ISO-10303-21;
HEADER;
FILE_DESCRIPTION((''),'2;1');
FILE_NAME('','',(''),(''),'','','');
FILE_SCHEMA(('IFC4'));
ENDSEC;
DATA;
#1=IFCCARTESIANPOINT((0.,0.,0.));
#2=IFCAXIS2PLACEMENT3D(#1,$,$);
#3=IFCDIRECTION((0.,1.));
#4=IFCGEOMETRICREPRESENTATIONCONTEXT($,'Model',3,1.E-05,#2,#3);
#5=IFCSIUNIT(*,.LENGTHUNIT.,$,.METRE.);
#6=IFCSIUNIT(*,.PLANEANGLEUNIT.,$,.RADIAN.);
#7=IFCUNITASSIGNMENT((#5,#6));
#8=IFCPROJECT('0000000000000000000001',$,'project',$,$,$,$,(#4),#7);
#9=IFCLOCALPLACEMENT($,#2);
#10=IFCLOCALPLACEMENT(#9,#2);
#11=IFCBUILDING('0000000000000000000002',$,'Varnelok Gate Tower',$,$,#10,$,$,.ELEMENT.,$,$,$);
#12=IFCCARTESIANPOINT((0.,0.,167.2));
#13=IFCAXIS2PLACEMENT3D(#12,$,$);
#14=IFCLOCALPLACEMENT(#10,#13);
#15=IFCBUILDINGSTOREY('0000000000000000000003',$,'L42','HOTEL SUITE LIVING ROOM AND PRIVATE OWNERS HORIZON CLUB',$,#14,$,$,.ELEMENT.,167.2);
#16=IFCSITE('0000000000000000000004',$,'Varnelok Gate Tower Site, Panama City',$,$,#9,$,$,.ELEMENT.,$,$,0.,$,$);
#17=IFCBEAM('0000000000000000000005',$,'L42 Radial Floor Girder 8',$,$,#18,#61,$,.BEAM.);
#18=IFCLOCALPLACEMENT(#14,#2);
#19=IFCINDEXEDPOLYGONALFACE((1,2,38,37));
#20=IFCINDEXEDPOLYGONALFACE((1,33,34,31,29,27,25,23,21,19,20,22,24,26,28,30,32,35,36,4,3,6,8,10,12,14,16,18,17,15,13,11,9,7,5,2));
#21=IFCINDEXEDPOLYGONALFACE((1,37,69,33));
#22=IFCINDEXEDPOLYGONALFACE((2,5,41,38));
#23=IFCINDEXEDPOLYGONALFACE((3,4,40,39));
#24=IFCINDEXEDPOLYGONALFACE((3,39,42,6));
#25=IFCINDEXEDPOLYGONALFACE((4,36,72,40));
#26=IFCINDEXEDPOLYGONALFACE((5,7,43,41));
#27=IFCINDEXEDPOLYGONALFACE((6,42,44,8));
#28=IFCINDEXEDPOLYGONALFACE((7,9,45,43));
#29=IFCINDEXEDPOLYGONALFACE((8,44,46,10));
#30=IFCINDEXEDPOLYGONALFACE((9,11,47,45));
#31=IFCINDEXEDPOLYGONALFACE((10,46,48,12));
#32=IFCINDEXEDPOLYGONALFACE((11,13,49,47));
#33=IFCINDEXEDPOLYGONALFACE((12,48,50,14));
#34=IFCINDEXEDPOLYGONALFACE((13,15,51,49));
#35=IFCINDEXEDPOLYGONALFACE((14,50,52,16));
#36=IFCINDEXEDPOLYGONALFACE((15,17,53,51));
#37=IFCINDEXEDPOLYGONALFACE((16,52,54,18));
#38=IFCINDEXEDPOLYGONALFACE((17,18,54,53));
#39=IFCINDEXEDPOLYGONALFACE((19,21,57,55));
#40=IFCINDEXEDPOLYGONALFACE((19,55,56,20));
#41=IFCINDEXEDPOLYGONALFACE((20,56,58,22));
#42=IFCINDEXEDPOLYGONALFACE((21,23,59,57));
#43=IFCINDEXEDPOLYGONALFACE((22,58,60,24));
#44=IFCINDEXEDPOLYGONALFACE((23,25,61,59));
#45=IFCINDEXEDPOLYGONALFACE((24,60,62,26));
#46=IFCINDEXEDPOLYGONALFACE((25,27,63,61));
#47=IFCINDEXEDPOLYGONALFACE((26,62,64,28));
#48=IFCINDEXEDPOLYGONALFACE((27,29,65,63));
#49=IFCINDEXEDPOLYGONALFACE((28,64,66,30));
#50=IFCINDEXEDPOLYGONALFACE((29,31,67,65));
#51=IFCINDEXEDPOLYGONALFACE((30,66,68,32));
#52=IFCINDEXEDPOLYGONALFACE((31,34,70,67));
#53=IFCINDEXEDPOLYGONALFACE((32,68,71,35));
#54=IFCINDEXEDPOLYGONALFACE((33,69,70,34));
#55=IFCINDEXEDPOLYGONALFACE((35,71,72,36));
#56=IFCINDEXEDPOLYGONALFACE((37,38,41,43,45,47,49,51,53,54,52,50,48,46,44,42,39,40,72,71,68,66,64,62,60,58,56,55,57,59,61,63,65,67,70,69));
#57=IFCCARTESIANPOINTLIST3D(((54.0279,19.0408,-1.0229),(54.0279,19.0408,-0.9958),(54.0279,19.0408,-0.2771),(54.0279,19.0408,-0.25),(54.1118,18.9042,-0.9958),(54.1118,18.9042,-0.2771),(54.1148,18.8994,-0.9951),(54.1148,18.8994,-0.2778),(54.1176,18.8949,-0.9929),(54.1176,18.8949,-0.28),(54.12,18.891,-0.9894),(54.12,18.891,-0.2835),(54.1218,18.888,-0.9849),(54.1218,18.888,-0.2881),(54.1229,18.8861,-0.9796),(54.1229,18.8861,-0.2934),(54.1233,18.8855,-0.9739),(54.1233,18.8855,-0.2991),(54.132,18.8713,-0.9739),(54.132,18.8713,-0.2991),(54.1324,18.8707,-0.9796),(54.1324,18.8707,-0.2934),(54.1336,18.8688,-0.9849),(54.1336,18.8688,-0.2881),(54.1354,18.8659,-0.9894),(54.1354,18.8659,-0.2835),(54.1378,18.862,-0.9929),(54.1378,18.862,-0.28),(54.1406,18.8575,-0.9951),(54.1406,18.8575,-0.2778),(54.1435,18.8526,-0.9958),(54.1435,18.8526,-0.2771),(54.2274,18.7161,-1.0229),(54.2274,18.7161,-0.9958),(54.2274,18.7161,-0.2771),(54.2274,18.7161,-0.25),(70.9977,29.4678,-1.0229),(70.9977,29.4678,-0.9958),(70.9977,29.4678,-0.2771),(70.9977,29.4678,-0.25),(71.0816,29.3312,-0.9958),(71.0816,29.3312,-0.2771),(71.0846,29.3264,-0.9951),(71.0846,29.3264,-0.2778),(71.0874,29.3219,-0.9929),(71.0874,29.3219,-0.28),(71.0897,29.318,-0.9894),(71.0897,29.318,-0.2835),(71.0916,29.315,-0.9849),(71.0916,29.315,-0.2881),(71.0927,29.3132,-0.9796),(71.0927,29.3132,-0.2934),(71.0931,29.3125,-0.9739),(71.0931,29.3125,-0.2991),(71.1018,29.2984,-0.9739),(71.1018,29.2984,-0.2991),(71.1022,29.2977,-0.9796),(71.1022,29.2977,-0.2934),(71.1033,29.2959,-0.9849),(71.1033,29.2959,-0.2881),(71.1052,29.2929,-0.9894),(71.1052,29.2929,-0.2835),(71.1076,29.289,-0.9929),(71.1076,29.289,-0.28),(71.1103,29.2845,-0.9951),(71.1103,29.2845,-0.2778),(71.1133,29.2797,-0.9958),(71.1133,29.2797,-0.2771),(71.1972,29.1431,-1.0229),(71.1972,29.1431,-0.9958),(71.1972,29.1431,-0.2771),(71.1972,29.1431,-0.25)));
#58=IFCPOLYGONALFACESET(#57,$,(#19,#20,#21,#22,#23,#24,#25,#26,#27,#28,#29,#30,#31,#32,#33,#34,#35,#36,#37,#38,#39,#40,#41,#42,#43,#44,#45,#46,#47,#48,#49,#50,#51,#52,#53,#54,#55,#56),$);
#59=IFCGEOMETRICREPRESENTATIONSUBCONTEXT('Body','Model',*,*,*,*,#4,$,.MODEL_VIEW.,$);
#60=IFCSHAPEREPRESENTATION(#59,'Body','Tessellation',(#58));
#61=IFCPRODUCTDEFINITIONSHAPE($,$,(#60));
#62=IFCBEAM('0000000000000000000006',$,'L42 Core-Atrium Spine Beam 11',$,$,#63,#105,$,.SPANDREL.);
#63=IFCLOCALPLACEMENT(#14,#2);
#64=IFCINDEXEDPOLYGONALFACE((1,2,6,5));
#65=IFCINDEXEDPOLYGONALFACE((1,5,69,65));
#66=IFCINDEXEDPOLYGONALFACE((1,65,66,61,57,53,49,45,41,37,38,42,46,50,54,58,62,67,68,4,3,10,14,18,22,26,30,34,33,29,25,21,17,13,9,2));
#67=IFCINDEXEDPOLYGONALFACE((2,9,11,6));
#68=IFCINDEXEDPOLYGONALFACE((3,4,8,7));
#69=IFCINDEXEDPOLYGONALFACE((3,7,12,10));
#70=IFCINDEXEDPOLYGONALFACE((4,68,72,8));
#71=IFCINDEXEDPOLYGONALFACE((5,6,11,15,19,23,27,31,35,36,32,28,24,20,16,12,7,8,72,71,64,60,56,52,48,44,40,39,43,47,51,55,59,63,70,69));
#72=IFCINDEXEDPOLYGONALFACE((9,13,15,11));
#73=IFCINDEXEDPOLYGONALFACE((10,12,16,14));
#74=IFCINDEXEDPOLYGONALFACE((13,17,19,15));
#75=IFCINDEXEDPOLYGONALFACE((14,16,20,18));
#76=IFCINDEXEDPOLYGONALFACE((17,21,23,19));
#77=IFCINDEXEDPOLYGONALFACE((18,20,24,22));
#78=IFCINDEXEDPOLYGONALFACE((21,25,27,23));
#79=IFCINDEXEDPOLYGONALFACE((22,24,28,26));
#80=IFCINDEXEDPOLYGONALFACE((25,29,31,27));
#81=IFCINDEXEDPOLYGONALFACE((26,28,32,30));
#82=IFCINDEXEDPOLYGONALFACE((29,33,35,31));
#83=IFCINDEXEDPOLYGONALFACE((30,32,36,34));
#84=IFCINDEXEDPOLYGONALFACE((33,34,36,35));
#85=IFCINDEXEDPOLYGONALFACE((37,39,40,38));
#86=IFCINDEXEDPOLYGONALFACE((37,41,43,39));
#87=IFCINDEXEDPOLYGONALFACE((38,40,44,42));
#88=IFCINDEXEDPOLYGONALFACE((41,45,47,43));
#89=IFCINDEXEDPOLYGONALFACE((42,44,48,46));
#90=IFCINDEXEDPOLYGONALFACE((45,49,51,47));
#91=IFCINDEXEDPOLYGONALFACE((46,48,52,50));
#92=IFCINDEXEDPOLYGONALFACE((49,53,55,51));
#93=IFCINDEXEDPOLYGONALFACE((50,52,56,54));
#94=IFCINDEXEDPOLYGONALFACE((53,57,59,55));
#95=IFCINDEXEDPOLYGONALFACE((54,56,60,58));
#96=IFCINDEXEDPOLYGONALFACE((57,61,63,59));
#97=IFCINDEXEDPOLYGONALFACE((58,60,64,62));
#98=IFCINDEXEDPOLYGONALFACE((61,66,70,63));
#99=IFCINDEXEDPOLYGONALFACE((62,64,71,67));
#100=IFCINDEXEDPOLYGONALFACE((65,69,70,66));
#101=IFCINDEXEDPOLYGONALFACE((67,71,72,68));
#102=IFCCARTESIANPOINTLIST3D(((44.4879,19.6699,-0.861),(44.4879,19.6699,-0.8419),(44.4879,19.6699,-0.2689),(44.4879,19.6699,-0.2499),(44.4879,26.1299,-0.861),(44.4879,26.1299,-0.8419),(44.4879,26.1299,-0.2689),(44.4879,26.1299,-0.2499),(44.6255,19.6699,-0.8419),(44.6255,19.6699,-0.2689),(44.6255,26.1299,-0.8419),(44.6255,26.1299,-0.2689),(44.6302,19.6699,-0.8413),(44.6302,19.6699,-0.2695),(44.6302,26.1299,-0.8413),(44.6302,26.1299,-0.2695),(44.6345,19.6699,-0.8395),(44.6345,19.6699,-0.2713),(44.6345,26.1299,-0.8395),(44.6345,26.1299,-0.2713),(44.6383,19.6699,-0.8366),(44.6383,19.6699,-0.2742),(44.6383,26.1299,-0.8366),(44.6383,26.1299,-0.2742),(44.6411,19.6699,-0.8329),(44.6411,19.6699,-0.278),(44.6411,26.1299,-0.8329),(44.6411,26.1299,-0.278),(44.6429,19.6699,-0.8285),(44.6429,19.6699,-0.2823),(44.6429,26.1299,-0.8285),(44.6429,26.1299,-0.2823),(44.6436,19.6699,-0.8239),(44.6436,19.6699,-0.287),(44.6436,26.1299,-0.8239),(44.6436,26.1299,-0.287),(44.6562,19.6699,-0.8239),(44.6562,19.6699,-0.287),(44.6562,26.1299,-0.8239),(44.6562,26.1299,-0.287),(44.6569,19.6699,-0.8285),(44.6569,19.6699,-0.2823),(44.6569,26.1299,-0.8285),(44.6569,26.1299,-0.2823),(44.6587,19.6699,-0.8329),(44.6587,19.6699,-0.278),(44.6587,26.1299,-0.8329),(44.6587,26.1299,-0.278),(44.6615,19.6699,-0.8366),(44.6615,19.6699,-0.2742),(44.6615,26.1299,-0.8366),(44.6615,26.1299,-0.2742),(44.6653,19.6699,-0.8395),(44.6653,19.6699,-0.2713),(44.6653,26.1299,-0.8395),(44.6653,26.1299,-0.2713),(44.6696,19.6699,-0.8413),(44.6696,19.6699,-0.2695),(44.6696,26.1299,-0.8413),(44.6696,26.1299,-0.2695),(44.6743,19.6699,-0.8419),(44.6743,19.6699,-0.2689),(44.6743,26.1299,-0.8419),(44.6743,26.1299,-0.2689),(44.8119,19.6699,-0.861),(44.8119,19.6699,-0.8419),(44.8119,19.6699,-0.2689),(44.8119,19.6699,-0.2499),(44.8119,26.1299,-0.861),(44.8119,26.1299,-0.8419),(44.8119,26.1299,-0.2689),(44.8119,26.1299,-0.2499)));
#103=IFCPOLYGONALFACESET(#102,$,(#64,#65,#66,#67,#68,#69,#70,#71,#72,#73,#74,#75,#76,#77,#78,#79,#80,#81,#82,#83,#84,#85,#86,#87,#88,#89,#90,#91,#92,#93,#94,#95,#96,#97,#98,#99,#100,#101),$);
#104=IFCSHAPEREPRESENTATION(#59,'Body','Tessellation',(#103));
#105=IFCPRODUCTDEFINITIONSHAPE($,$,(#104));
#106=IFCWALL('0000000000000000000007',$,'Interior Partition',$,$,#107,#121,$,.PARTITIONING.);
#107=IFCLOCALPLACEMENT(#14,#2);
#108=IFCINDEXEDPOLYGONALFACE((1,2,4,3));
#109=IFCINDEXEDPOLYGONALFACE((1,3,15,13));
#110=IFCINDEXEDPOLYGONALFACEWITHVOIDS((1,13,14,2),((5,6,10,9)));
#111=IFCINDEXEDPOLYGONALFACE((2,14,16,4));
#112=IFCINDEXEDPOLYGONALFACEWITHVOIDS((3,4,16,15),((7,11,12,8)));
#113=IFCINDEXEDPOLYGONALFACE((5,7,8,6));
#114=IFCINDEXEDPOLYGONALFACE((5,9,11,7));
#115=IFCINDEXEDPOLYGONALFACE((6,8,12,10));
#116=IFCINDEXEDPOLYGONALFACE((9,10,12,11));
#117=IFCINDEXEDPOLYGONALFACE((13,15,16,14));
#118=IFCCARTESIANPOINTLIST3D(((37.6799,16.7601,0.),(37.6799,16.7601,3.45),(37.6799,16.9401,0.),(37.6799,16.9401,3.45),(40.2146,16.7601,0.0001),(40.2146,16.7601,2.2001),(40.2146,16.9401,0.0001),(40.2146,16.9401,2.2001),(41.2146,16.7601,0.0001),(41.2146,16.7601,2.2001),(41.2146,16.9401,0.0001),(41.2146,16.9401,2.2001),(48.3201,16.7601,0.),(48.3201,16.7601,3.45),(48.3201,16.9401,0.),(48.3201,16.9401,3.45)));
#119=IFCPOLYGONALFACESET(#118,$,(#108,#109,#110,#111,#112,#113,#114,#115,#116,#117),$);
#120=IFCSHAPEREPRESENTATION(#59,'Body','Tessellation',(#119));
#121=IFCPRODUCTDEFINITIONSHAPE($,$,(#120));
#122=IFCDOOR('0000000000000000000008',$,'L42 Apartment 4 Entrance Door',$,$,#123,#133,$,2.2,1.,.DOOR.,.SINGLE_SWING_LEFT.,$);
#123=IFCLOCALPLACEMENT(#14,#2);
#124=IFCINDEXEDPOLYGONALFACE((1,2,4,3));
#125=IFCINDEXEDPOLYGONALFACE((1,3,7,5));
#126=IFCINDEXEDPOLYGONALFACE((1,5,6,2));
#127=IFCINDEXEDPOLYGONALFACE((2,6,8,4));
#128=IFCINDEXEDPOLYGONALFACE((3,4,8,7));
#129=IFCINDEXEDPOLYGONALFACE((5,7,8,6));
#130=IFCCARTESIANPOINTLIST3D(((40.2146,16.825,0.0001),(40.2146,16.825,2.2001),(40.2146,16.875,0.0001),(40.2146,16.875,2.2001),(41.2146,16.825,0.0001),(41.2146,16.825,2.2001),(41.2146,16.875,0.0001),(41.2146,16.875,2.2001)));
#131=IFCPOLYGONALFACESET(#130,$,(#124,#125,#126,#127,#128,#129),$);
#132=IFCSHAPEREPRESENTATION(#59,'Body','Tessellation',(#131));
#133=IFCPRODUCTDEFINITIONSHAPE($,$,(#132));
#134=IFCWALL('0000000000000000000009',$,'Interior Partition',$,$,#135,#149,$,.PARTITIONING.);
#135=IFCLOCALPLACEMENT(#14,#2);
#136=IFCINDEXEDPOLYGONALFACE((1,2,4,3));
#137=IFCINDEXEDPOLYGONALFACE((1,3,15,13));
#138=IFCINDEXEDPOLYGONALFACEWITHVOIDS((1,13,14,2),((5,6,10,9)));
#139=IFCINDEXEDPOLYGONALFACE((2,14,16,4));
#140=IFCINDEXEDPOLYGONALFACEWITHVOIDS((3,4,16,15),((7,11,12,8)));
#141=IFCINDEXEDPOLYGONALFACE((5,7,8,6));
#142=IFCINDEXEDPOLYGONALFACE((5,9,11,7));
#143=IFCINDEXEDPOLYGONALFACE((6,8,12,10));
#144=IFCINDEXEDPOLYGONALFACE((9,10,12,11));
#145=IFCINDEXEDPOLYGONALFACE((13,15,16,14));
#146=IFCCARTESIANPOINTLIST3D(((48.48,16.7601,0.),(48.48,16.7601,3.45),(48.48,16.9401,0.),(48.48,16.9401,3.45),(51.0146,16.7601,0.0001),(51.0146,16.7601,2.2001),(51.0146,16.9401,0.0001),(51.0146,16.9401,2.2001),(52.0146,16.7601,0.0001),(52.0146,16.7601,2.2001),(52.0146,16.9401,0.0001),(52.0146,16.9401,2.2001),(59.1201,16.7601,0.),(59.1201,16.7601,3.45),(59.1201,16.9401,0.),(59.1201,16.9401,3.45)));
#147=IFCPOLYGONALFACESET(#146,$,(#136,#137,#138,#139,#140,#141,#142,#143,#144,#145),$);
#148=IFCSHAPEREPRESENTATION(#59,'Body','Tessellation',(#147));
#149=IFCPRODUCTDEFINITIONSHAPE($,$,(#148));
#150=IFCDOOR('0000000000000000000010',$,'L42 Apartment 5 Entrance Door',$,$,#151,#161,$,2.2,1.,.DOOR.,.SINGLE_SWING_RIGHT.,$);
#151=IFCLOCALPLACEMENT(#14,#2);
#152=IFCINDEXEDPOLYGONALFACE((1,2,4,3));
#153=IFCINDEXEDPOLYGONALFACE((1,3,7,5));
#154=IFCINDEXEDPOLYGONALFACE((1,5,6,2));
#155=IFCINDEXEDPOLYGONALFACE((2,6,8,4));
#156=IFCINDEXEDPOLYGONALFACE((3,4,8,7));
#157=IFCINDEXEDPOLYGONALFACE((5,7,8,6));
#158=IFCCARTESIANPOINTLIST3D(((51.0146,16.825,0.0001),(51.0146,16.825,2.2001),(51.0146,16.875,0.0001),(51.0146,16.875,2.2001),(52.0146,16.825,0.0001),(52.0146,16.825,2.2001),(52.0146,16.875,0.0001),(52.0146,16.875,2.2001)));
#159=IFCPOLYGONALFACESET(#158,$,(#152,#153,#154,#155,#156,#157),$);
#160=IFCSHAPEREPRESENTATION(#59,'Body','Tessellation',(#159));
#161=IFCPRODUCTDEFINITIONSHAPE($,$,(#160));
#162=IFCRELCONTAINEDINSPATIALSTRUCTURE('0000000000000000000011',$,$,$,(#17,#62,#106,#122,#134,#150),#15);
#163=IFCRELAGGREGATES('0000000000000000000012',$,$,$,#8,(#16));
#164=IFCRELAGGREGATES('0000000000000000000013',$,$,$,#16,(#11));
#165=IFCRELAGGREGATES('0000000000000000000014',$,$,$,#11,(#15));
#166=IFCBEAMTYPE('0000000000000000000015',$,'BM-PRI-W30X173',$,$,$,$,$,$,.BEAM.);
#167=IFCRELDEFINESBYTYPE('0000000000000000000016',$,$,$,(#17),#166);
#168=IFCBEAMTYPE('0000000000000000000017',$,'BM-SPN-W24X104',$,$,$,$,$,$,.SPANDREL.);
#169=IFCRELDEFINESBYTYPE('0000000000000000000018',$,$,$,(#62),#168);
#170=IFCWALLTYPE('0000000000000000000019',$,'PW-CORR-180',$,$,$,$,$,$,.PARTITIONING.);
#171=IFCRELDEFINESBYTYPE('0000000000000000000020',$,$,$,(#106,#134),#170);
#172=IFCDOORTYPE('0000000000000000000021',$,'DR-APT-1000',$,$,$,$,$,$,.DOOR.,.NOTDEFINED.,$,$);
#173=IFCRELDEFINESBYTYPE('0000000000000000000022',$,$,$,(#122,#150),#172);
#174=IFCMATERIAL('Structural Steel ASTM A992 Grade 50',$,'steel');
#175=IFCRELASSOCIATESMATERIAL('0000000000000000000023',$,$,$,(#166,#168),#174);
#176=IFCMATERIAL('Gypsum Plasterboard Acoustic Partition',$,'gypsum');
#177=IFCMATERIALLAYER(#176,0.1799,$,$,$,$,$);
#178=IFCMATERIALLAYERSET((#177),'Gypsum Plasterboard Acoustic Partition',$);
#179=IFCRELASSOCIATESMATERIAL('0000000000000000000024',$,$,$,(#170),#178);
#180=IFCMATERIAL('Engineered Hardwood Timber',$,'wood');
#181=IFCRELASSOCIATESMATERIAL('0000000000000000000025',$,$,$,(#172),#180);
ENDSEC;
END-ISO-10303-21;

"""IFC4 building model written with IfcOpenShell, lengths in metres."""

from ifc_helpers import new_model, si_unit, direction, frame, frame_2d, origin, origin_2d, place, context, subcontext, project, spatial, rectangle, i_section, extrude, material, layer, layer_set, material_profile, profile_set, type_object, element, fill, save


model = new_model("IFC4")

# Units and contexts
model_context = context("Model", 3, precision=1e-05, world=origin(), true_north=direction((0.0, 1.0)))
body_context = subcontext(model_context, "Body", "Model", "MODEL_VIEW")
ifc_project = project(units=[si_unit("LENGTHUNIT", "METRE"), si_unit("PLANEANGLEUNIT", "RADIAN")], contexts=[model_context])

# Site, building, storey
site_placement = place(None, origin())
site = spatial("IfcSite", under=ifc_project, at=site_placement, Name="Varnelok Gate Tower Site, Panama City", CompositionType="ELEMENT", RefElevation=0.0)
building_placement = place(site_placement, origin())
building = spatial("IfcBuilding", under=site, at=building_placement, Name="Varnelok Gate Tower", CompositionType="ELEMENT")
storey_placement = place(building_placement, frame((0.0, 0.0, 167.2)))
storey = spatial("IfcBuildingStorey", under=building, at=storey_placement, Name="L42", Description="HOTEL SUITE LIVING ROOM AND PRIVATE OWNERS HORIZON CLUB", CompositionType="ELEMENT", Elevation=167.2)

# Shared definitions
ifc_material_1 = material(Name="Structural Steel ASTM A992 Grade 50", Category="steel")

# Beams
ifc_material_profile_1 = material_profile(ifc_material_1, i_section(OverallWidth=0.3811, OverallDepth=0.7729, WebThickness=0.0166, FlangeThickness=0.0271, FilletRadius=0.022, at=origin_2d()), Name="W30X173")
ifc_profile_set_1 = profile_set([ifc_material_profile_1], Name="Structural Steel ASTM A992 Grade 50")
beam_type_1 = type_object("IfcBeamType", Name="BM-PRI-W30X173", PredefinedType="BEAM", material=ifc_profile_set_1)
beam_1_placement = place(storey_placement, frame((54.1277, 18.8784, -0.6365), z_axis=(0.852015, 0.523518, 0.0), x_axis=(-0.523518, 0.852015, 0.0)))
element("IfcBeam", 1, at=beam_1_placement, inside=storey, type_object=beam_type_1, Name="L42 Radial Floor Girder 8", PredefinedType="BEAM", context=body_context, shape_type="SweptSolid", body=[
    extrude(i_section(OverallWidth=0.3811, OverallDepth=0.7729, WebThickness=0.0166, FlangeThickness=0.0271, FilletRadius=0.022, at=origin_2d()), origin(), (0.0, 0.0, 1.0), 19.9172),
])
ifc_material_profile_2 = material_profile(ifc_material_1, i_section(OverallWidth=0.324, OverallDepth=0.6111, WebThickness=0.0127, FlangeThickness=0.019, FilletRadius=0.0181, at=origin_2d()), Name="W24X104")
ifc_profile_set_2 = profile_set([ifc_material_profile_2], Name="Structural Steel ASTM A992 Grade 50")
beam_type_2 = type_object("IfcBeamType", Name="BM-SPN-W24X104", PredefinedType="SPANDREL", material=ifc_profile_set_2)
beam_2_placement = place(storey_placement, frame((44.6499, 19.6699, -0.5554), z_axis=(0.0, 1.0, 0.0), x_axis=(-1.0, 0.0, 0.0)))
element("IfcBeam", 2, at=beam_2_placement, inside=storey, type_object=beam_type_2, Name="L42 Core-Atrium Spine Beam 11", PredefinedType="SPANDREL", context=body_context, shape_type="SweptSolid", body=[
    extrude(i_section(OverallWidth=0.324, OverallDepth=0.6111, WebThickness=0.0127, FlangeThickness=0.019, FilletRadius=0.0181, at=origin_2d()), origin(), (0.0, 0.0, 1.0), 6.46),
])

# Walls, openings, doors
ifc_material_2 = material(Name="Gypsum Plasterboard Acoustic Partition", Category="gypsum")
ifc_layer_1 = layer(ifc_material_2, 0.1799)
ifc_layer_set_1 = layer_set([ifc_layer_1], Name="Gypsum Plasterboard Acoustic Partition")
wall_type_1 = type_object("IfcWallType", Name="PW-CORR-180", PredefinedType="PARTITIONING", material=ifc_layer_set_1)
wall_1_placement = place(storey_placement, frame((37.6799, 16.8501, 0.0), z_axis=(0.0, 0.0, 1.0), x_axis=(1.0, 0.0, 0.0)))
wall_1 = element("IfcWall", 3, at=wall_1_placement, inside=storey, type_object=wall_type_1, Name="Interior Partition", PredefinedType="PARTITIONING", context=body_context, shape_type="SweptSolid", body=[
    extrude(rectangle(XDim=10.6401, YDim=0.1799, at=frame_2d((5.3201, 0.0))), origin(), (0.0, 0.0, 1.0), 3.45),
])
opening_1_placement = place(wall_1_placement, frame((2.5347, 0.0, 0.0)))
opening_1 = element("IfcOpeningElement", 4, at=opening_1_placement, cuts=wall_1, PredefinedType="OPENING", context=body_context, shape_type="SweptSolid", body=[
    extrude(rectangle(XDim=1.0, YDim=2.2, at=frame_2d((0.5, 1.1001))), frame((0.0, 0.0999, 0.0), z_axis=(0.0, -1.0, 0.0), x_axis=(1.0, 0.0, 0.0)), (0.0, 0.0, 1.0), 0.2),
])
ifc_material_3 = material(Name="Engineered Hardwood Timber", Category="wood")
door_type_1 = type_object("IfcDoorType", Name="DR-APT-1000", OperationType="NOTDEFINED", PredefinedType="DOOR", material=ifc_material_3)
door_1_placement = place(opening_1_placement, origin())
door_1 = element("IfcDoor", 5, at=door_1_placement, inside=storey, type_object=door_type_1, Name="L42 Apartment 4 Entrance Door", OperationType="SINGLE_SWING_LEFT", OverallHeight=2.2, OverallWidth=1.0, PredefinedType="DOOR", context=body_context, shape_type="SweptSolid", body=[
    extrude(rectangle(XDim=1.0, YDim=2.2, at=frame_2d((0.5, 1.1001))), frame((0.0, 0.0249, 0.0), z_axis=(0.0, -1.0, 0.0), x_axis=(1.0, 0.0, 0.0)), (0.0, 0.0, 1.0), 0.05),
])
fill(opening_1, door_1)
wall_2_placement = place(storey_placement, frame((48.48, 16.8501, 0.0), z_axis=(0.0, 0.0, 1.0), x_axis=(1.0, 0.0, 0.0)))
wall_2 = element("IfcWall", 6, at=wall_2_placement, inside=storey, type_object=wall_type_1, Name="Interior Partition", PredefinedType="PARTITIONING", context=body_context, shape_type="SweptSolid", body=[
    extrude(rectangle(XDim=10.6401, YDim=0.1799, at=frame_2d((5.3201, 0.0))), origin(), (0.0, 0.0, 1.0), 3.45),
])
opening_2_placement = place(wall_2_placement, frame((2.5347, 0.0, 0.0)))
opening_2 = element("IfcOpeningElement", 7, at=opening_2_placement, cuts=wall_2, PredefinedType="OPENING", context=body_context, shape_type="SweptSolid", body=[
    extrude(rectangle(XDim=1.0, YDim=2.2, at=frame_2d((0.5, 1.1001))), frame((0.0, 0.0999, 0.0), z_axis=(0.0, -1.0, 0.0), x_axis=(1.0, 0.0, 0.0)), (0.0, 0.0, 1.0), 0.2),
])
door_2_placement = place(opening_2_placement, origin())
door_2 = element("IfcDoor", 8, at=door_2_placement, inside=storey, type_object=door_type_1, Name="L42 Apartment 5 Entrance Door", OperationType="SINGLE_SWING_RIGHT", OverallHeight=2.2, OverallWidth=1.0, PredefinedType="DOOR", context=body_context, shape_type="SweptSolid", body=[
    extrude(rectangle(XDim=1.0, YDim=2.2, at=frame_2d((0.5, 1.1001))), frame((0.0, 0.0249, 0.0), z_axis=(0.0, -1.0, 0.0), x_axis=(1.0, 0.0, 0.0)), (0.0, 0.0, 1.0), 0.05),
])
fill(opening_2, door_2)

save(model, "model.ifc")
